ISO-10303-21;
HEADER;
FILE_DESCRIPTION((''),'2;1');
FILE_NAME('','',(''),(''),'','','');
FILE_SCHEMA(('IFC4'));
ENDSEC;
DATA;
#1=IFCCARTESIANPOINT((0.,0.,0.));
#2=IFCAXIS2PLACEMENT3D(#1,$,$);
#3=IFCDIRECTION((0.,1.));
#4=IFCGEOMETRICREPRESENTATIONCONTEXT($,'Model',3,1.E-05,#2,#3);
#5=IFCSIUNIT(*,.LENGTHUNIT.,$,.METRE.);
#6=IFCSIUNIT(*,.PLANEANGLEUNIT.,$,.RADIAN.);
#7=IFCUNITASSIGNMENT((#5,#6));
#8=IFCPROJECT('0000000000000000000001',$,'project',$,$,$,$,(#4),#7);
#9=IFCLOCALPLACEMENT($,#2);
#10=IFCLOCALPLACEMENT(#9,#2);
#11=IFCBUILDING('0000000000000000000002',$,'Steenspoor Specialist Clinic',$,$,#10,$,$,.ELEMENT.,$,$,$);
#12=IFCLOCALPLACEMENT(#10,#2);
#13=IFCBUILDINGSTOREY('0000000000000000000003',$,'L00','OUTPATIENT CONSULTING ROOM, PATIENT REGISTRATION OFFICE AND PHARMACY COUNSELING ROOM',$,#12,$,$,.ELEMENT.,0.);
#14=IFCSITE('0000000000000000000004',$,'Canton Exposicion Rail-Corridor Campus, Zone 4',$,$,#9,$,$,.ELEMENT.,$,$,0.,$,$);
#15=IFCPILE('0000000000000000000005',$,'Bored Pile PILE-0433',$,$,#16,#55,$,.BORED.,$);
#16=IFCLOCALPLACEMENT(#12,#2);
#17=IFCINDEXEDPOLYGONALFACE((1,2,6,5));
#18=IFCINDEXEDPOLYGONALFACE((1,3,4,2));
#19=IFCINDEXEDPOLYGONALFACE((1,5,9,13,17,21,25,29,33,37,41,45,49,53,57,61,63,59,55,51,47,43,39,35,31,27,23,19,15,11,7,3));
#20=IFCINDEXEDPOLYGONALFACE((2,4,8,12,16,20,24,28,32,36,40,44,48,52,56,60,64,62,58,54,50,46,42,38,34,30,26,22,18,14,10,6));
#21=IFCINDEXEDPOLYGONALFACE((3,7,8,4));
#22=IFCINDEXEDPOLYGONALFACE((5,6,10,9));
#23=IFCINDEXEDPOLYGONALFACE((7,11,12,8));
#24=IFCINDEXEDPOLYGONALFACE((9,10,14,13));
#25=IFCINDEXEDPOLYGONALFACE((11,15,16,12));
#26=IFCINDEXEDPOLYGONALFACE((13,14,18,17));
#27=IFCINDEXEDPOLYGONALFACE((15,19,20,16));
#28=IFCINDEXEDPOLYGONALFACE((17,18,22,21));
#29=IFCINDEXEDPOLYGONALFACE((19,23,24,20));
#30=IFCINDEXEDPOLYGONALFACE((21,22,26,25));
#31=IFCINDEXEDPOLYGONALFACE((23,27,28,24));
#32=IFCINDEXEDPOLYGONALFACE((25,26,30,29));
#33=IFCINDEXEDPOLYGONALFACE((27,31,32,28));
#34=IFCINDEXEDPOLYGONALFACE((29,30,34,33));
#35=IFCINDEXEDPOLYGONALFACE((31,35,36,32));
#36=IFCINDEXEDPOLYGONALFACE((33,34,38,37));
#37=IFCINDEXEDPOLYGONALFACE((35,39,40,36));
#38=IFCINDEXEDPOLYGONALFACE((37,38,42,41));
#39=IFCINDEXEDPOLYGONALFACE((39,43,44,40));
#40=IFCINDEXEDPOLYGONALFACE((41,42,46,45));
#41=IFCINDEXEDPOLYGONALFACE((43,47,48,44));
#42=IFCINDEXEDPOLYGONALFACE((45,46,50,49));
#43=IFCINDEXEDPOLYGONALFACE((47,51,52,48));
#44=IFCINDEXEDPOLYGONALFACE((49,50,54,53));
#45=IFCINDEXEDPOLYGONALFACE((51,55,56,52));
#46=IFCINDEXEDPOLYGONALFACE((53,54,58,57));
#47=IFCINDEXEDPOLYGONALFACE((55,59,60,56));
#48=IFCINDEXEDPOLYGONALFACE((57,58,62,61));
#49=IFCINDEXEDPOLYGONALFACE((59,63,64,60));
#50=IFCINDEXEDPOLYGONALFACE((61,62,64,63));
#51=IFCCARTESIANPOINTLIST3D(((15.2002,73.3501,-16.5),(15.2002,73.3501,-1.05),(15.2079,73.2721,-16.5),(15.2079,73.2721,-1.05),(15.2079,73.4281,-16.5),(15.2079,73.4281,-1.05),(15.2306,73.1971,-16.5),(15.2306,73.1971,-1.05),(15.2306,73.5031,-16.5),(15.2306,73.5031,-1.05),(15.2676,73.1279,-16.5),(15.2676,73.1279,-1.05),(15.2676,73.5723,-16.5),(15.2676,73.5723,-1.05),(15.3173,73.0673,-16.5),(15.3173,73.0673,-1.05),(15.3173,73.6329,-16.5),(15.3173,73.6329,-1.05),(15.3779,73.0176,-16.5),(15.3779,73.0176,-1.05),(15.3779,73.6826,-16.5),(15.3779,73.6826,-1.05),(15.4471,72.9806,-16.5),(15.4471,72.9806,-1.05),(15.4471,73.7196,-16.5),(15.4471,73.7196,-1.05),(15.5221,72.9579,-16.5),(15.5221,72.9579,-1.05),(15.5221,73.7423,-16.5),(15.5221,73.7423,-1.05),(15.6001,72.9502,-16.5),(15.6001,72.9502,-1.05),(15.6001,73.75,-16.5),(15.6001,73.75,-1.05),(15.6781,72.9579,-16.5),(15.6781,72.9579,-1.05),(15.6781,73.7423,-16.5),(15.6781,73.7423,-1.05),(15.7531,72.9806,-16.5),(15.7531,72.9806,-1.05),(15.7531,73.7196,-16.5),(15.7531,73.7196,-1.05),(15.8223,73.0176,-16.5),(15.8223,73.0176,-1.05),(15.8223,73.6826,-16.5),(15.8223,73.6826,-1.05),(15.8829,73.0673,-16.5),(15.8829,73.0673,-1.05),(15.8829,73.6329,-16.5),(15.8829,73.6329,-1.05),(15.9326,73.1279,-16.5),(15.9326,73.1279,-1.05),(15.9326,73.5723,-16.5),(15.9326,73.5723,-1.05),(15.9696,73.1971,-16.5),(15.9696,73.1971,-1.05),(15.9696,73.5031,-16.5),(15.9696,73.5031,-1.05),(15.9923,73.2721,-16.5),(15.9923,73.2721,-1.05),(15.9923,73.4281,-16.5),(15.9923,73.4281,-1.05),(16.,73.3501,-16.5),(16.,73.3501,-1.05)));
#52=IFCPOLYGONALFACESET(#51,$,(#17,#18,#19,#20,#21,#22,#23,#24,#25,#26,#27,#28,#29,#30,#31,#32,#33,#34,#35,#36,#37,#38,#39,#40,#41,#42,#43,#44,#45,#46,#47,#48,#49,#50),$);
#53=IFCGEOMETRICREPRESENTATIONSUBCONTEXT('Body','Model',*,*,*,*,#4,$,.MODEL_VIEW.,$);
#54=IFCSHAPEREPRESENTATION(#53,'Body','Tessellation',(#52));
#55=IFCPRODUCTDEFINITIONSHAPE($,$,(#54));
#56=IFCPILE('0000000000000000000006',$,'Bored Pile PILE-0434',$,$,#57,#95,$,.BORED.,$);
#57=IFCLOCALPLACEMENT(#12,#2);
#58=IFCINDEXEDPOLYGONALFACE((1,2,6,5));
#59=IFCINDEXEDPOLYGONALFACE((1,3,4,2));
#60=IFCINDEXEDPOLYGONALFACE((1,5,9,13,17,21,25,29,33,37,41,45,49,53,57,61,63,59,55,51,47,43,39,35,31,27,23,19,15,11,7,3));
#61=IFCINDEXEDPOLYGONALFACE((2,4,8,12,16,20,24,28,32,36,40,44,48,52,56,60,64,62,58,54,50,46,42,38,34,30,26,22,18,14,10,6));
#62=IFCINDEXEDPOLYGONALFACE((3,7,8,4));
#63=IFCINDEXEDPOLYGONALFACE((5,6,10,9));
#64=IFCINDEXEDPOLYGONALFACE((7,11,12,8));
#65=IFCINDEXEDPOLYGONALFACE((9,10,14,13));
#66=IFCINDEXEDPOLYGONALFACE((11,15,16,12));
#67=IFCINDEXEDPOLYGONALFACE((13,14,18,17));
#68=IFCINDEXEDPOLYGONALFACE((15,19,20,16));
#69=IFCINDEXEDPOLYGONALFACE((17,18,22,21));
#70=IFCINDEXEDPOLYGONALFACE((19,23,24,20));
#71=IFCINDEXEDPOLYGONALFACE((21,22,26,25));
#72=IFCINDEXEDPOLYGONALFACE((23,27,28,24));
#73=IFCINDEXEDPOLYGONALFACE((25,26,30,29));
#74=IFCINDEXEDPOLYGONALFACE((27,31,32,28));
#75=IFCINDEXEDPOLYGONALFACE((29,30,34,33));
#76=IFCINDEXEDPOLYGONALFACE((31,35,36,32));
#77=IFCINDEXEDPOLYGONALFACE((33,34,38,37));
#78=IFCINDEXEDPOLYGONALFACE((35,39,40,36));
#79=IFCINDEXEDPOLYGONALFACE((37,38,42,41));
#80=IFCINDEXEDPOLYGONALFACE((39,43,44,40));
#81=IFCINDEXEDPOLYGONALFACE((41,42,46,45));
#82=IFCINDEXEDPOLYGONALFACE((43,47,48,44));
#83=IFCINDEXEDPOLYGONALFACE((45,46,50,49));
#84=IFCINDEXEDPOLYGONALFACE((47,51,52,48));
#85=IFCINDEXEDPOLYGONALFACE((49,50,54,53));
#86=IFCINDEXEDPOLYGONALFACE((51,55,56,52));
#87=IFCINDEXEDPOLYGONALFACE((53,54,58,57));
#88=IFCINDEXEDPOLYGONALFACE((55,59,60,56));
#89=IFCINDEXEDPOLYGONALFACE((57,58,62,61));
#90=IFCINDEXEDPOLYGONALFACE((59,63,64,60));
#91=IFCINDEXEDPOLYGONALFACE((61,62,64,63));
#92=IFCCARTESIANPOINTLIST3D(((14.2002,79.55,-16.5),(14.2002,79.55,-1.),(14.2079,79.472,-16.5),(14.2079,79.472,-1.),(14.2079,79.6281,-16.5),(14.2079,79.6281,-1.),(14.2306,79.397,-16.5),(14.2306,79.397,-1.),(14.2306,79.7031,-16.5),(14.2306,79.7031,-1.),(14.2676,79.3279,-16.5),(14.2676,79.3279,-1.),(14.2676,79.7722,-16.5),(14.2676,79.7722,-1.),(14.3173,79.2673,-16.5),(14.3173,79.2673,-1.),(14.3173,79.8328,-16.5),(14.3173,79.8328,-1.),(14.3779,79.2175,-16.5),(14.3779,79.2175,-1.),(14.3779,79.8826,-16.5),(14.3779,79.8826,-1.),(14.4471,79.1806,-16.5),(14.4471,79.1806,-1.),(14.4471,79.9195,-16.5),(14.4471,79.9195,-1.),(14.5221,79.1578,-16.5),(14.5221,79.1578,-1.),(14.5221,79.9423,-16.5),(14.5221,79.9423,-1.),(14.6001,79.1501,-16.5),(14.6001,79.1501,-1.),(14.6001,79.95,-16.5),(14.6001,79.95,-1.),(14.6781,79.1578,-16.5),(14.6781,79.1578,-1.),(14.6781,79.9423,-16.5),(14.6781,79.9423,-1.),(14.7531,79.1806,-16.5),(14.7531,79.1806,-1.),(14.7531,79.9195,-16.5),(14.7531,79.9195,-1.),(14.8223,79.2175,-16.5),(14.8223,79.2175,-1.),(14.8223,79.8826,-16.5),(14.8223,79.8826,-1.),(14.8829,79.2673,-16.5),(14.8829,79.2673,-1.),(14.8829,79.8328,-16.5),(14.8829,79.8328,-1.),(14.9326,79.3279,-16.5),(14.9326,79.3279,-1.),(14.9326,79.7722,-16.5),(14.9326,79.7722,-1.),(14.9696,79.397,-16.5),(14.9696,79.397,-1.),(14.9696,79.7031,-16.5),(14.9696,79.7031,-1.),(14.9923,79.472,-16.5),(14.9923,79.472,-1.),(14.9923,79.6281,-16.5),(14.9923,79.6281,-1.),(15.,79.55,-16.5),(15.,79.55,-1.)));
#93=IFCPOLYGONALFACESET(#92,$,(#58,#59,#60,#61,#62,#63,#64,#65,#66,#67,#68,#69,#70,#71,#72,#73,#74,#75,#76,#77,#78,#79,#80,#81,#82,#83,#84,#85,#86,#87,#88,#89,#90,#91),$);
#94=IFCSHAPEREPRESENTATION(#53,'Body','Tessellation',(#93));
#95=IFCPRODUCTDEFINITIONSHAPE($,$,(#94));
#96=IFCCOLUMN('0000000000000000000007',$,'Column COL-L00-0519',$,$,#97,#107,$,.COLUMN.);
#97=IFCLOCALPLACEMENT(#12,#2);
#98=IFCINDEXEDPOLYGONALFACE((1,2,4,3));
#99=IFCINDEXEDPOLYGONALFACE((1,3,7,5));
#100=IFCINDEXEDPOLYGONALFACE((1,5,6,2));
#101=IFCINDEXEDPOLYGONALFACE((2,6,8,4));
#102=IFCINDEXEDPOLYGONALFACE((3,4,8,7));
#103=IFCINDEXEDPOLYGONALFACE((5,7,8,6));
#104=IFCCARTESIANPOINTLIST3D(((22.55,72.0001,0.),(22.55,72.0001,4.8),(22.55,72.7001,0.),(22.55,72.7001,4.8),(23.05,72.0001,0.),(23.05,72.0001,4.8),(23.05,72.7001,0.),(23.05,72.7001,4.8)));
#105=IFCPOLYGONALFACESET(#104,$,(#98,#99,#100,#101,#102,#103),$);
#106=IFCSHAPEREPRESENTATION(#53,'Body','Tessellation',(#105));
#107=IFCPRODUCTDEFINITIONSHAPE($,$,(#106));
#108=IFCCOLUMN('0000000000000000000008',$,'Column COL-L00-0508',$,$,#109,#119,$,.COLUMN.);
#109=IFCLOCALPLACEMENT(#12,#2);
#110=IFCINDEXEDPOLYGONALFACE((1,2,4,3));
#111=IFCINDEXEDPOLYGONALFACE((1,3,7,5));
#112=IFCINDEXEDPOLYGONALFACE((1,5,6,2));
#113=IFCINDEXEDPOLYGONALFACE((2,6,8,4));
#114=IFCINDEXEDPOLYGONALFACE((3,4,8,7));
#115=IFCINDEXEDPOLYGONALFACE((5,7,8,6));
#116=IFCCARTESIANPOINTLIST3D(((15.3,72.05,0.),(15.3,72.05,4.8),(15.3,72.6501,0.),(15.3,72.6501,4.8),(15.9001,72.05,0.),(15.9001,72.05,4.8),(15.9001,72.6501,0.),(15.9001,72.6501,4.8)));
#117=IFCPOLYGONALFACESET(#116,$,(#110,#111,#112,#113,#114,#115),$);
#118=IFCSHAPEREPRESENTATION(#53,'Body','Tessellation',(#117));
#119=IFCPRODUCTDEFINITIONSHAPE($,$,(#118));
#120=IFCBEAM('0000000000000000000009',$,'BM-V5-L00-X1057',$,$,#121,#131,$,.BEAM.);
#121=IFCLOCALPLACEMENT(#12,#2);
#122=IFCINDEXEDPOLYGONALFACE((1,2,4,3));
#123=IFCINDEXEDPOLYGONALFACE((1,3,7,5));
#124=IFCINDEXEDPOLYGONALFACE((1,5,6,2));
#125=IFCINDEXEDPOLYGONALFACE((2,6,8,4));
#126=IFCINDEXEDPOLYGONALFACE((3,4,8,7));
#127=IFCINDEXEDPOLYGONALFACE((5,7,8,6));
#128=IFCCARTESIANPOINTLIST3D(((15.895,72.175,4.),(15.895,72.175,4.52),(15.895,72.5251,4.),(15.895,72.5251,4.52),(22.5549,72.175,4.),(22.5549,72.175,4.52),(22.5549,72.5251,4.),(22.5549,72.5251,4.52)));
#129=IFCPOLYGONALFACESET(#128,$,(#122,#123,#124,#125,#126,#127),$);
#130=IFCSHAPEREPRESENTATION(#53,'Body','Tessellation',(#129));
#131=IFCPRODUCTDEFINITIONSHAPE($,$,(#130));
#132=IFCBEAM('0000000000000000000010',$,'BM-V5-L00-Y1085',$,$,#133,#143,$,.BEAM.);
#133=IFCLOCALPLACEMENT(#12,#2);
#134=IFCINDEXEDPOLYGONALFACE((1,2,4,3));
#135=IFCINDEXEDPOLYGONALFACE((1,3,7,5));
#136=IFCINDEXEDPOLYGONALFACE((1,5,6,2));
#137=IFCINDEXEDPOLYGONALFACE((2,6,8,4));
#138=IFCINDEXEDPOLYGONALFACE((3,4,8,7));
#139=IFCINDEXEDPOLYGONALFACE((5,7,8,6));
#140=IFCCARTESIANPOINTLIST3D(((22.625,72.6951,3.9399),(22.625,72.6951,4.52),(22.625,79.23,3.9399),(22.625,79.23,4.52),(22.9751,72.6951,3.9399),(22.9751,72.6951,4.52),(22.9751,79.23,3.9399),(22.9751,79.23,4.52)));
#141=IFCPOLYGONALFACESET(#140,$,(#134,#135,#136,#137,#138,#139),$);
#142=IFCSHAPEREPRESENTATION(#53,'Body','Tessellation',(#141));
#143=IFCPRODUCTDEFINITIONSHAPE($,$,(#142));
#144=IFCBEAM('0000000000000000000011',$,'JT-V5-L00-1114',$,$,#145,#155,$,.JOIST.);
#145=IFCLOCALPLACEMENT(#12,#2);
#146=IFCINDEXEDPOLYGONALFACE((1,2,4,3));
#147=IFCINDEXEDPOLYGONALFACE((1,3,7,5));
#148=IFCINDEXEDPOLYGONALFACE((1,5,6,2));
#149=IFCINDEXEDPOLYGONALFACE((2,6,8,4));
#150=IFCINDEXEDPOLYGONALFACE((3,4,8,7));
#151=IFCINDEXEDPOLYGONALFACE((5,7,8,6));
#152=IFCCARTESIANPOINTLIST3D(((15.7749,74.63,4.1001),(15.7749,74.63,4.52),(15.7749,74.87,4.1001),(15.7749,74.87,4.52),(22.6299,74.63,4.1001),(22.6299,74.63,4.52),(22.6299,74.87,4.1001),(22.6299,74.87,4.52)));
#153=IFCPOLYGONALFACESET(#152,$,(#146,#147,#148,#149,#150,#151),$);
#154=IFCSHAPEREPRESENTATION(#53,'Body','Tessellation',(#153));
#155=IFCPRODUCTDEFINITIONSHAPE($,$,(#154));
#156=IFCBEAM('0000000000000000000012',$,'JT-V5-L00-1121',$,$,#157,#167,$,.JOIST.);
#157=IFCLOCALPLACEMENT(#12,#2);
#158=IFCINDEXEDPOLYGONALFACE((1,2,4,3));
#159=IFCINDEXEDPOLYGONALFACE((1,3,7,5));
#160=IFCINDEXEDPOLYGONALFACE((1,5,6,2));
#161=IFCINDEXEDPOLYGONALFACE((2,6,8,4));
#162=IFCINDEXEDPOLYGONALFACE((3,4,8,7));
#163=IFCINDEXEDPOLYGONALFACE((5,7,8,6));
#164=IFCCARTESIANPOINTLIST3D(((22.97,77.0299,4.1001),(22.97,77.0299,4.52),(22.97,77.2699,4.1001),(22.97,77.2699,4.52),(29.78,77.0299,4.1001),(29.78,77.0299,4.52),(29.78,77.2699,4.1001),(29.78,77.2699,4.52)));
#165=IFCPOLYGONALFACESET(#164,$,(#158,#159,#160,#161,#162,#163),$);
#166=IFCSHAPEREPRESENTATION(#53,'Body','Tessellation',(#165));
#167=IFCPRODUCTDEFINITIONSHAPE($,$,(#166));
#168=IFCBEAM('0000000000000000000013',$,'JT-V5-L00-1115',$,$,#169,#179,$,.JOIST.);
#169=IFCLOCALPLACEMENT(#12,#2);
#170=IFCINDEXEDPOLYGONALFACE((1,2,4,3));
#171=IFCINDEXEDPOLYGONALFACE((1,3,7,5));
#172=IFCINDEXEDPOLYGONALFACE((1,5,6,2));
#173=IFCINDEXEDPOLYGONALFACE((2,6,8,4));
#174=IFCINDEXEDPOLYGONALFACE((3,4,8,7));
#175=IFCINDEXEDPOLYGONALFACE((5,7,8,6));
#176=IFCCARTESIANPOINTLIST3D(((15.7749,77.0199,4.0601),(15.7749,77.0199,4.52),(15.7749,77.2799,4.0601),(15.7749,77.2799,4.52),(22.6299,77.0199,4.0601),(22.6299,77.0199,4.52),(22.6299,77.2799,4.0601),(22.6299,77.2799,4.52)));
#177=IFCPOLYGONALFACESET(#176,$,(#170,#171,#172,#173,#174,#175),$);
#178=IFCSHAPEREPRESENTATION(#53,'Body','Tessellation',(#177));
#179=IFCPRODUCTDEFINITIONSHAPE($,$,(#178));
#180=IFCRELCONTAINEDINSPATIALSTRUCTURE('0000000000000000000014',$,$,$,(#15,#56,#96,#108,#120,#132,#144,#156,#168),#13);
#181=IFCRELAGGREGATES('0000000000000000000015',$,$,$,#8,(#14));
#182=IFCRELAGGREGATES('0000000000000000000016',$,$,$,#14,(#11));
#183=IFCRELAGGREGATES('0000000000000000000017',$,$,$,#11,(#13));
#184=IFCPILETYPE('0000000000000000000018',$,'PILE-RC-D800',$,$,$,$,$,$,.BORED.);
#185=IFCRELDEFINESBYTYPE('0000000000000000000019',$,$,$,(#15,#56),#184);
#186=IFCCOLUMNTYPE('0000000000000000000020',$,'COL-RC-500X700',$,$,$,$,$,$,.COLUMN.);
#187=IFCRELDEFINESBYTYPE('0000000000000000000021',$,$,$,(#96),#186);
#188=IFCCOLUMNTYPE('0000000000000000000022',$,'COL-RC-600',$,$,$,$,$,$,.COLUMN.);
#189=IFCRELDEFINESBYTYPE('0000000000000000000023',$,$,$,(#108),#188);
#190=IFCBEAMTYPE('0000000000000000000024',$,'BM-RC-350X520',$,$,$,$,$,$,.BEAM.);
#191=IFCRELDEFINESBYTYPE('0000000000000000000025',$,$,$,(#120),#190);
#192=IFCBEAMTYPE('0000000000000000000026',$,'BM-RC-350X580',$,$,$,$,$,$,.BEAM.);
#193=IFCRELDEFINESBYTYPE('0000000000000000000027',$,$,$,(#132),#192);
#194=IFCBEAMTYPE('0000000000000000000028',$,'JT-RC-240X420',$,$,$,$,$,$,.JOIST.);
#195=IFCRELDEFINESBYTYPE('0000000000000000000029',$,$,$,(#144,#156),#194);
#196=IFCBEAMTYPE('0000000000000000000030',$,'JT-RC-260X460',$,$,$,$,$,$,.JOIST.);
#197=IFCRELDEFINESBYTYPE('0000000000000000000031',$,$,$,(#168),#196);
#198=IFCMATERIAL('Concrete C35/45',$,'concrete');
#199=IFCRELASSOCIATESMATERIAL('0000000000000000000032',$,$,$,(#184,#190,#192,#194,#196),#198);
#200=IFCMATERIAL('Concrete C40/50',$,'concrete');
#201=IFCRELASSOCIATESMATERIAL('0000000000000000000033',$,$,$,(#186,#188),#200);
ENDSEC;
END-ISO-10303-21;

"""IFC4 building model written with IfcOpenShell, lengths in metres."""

from ifc_helpers import new_model, si_unit, direction, frame, origin, origin_2d, place, context, subcontext, project, spatial, rectangle, circle, extrude, material, material_profile, profile_set, type_object, element, save


model = new_model("IFC4")

# Units and contexts
model_context = context("Model", 3, precision=1e-05, world=origin(), true_north=direction((0.0, 1.0)))
body_context = subcontext(model_context, "Body", "Model", "MODEL_VIEW")
ifc_project = project(units=[si_unit("LENGTHUNIT", "METRE"), si_unit("PLANEANGLEUNIT", "RADIAN")], contexts=[model_context])

# Site, building, storey
site_placement = place(None, origin())
site = spatial("IfcSite", under=ifc_project, at=site_placement, Name="Canton Exposicion Rail-Corridor Campus, Zone 4", CompositionType="ELEMENT", RefElevation=0.0)
building_placement = place(site_placement, origin())
building = spatial("IfcBuilding", under=site, at=building_placement, Name="Steenspoor Specialist Clinic", CompositionType="ELEMENT")
storey_placement = place(building_placement, origin())
storey = spatial("IfcBuildingStorey", under=building, at=storey_placement, Name="L00", Description="OUTPATIENT CONSULTING ROOM, PATIENT REGISTRATION OFFICE AND PHARMACY COUNSELING ROOM", CompositionType="ELEMENT", Elevation=0.0)

# Shared definitions
ifc_material_1 = material(Name="Concrete C35/45", Category="concrete")

# Piles
ifc_material_profile_1 = material_profile(ifc_material_1, circle(Radius=0.3999, at=origin_2d()), Name="PILE-D800")
ifc_profile_set_1 = profile_set([ifc_material_profile_1], Name="Concrete C35/45")
pile_type_1 = type_object("IfcPileType", Name="PILE-RC-D800", PredefinedType="BORED", material=ifc_profile_set_1)
pile_1_placement = place(storey_placement, frame((15.6001, 73.3501, -1.05), z_axis=(0.0, 0.0, -1.0), x_axis=(1.0, 0.0, 0.0)))
element("IfcPile", 1, at=pile_1_placement, inside=storey, type_object=pile_type_1, Name="Bored Pile PILE-0433", PredefinedType="BORED", context=body_context, shape_type="SweptSolid", body=[
    extrude(circle(Radius=0.3999, at=origin_2d()), origin(), (0.0, 0.0, 1.0), 15.45),
])
pile_2_placement = place(storey_placement, frame((14.6001, 79.55, -1.0), z_axis=(0.0, 0.0, -1.0), x_axis=(1.0, 0.0, 0.0)))
element("IfcPile", 2, at=pile_2_placement, inside=storey, type_object=pile_type_1, Name="Bored Pile PILE-0434", PredefinedType="BORED", context=body_context, shape_type="SweptSolid", body=[
    extrude(circle(Radius=0.3999, at=origin_2d()), origin(), (0.0, 0.0, 1.0), 15.5),
])

# Columns
ifc_material_2 = material(Name="Concrete C40/50", Category="concrete")
ifc_material_profile_2 = material_profile(ifc_material_2, rectangle(XDim=0.5, YDim=0.7, at=origin_2d()), Name="RC-COL-500X700")
ifc_profile_set_2 = profile_set([ifc_material_profile_2], Name="Concrete C40/50")
column_type_1 = type_object("IfcColumnType", Name="COL-RC-500X700", PredefinedType="COLUMN", material=ifc_profile_set_2)
column_1_placement = place(storey_placement, frame((22.8, 72.3501, 0.0), z_axis=(0.0, 0.0, 1.0), x_axis=(1.0, 0.0, 0.0)))
element("IfcColumn", 3, at=column_1_placement, inside=storey, type_object=column_type_1, Name="Column COL-L00-0519", PredefinedType="COLUMN", context=body_context, shape_type="SweptSolid", body=[
    extrude(rectangle(XDim=0.5, YDim=0.7, at=origin_2d()), origin(), (0.0, 0.0, 1.0), 4.8),
])
ifc_material_profile_3 = material_profile(ifc_material_2, rectangle(XDim=0.6001, YDim=0.6001, at=origin_2d()), Name="RC-COL-600X600")
ifc_profile_set_3 = profile_set([ifc_material_profile_3], Name="Concrete C40/50")
column_type_2 = type_object("IfcColumnType", Name="COL-RC-600", PredefinedType="COLUMN", material=ifc_profile_set_3)
column_2_placement = place(storey_placement, frame((15.6001, 72.3501, 0.0), z_axis=(0.0, 0.0, 1.0), x_axis=(1.0, 0.0, 0.0)))
element("IfcColumn", 4, at=column_2_placement, inside=storey, type_object=column_type_2, Name="Column COL-L00-0508", PredefinedType="COLUMN", context=body_context, shape_type="SweptSolid", body=[
    extrude(rectangle(XDim=0.6001, YDim=0.6001, at=origin_2d()), origin(), (0.0, 0.0, 1.0), 4.8),
])

# Beams
ifc_material_profile_4 = material_profile(ifc_material_1, rectangle(XDim=0.3501, YDim=0.52, at=origin_2d()), Name="RC-BM-350X520")
ifc_profile_set_4 = profile_set([ifc_material_profile_4], Name="Concrete C35/45")
beam_type_1 = type_object("IfcBeamType", Name="BM-RC-350X520", PredefinedType="BEAM", material=ifc_profile_set_4)
beam_1_placement = place(storey_placement, frame((15.895, 72.3501, 4.26), z_axis=(1.0, 0.0, 0.0), x_axis=(0.0, 1.0, 0.0)))
element("IfcBeam", 5, at=beam_1_placement, inside=storey, type_object=beam_type_1, Name="BM-V5-L00-X1057", PredefinedType="BEAM", context=body_context, shape_type="SweptSolid", body=[
    extrude(rectangle(XDim=0.3501, YDim=0.52, at=origin_2d()), origin(), (0.0, 0.0, 1.0), 6.6599),
])
ifc_material_profile_5 = material_profile(ifc_material_1, rectangle(XDim=0.3501, YDim=0.5801, at=origin_2d()), Name="RC-BM-350X580")
ifc_profile_set_5 = profile_set([ifc_material_profile_5], Name="Concrete C35/45")
beam_type_2 = type_object("IfcBeamType", Name="BM-RC-350X580", PredefinedType="BEAM", material=ifc_profile_set_5)
beam_2_placement = place(storey_placement, frame((22.8, 72.6951, 4.23), z_axis=(0.0, 1.0, 0.0), x_axis=(-1.0, 0.0, 0.0)))
element("IfcBeam", 6, at=beam_2_placement, inside=storey, type_object=beam_type_2, Name="BM-V5-L00-Y1085", PredefinedType="BEAM", context=body_context, shape_type="SweptSolid", body=[
    extrude(rectangle(XDim=0.3501, YDim=0.5801, at=origin_2d()), origin(), (0.0, 0.0, 1.0), 6.5349),
])
ifc_material_profile_6 = material_profile(ifc_material_1, rectangle(XDim=0.24, YDim=0.4199, at=origin_2d()), Name="RC-JT-240X420")
ifc_profile_set_6 = profile_set([ifc_material_profile_6], Name="Concrete C35/45")
beam_type_3 = type_object("IfcBeamType", Name="JT-RC-240X420", PredefinedType="JOIST", material=ifc_profile_set_6)
beam_3_placement = place(storey_placement, frame((15.7749, 74.75, 4.3101), z_axis=(1.0, 0.0, 0.0), x_axis=(0.0, 1.0, 0.0)))
element("IfcBeam", 7, at=beam_3_placement, inside=storey, type_object=beam_type_3, Name="JT-V5-L00-1114", PredefinedType="JOIST", context=body_context, shape_type="SweptSolid", body=[
    extrude(rectangle(XDim=0.24, YDim=0.4199, at=origin_2d()), origin(), (0.0, 0.0, 1.0), 6.855),
])
beam_4_placement = place(storey_placement, frame((22.97, 77.1499, 4.3101), z_axis=(1.0, 0.0, 0.0), x_axis=(0.0, 1.0, 0.0)))
element("IfcBeam", 8, at=beam_4_placement, inside=storey, type_object=beam_type_3, Name="JT-V5-L00-1121", PredefinedType="JOIST", context=body_context, shape_type="SweptSolid", body=[
    extrude(rectangle(XDim=0.24, YDim=0.4199, at=origin_2d()), origin(), (0.0, 0.0, 1.0), 6.8101),
])
ifc_material_profile_7 = material_profile(ifc_material_1, rectangle(XDim=0.26, YDim=0.46, at=origin_2d()), Name="RC-JT-260X460")
ifc_profile_set_7 = profile_set([ifc_material_profile_7], Name="Concrete C35/45")
beam_type_4 = type_object("IfcBeamType", Name="JT-RC-260X460", PredefinedType="JOIST", material=ifc_profile_set_7)
beam_5_placement = place(storey_placement, frame((15.7749, 77.1499, 4.29), z_axis=(1.0, 0.0, 0.0), x_axis=(0.0, 1.0, 0.0)))
element("IfcBeam", 9, at=beam_5_placement, inside=storey, type_object=beam_type_4, Name="JT-V5-L00-1115", PredefinedType="JOIST", context=body_context, shape_type="SweptSolid", body=[
    extrude(rectangle(XDim=0.26, YDim=0.46, at=origin_2d()), origin(), (0.0, 0.0, 1.0), 6.855),
])

save(model, "model.ifc")
